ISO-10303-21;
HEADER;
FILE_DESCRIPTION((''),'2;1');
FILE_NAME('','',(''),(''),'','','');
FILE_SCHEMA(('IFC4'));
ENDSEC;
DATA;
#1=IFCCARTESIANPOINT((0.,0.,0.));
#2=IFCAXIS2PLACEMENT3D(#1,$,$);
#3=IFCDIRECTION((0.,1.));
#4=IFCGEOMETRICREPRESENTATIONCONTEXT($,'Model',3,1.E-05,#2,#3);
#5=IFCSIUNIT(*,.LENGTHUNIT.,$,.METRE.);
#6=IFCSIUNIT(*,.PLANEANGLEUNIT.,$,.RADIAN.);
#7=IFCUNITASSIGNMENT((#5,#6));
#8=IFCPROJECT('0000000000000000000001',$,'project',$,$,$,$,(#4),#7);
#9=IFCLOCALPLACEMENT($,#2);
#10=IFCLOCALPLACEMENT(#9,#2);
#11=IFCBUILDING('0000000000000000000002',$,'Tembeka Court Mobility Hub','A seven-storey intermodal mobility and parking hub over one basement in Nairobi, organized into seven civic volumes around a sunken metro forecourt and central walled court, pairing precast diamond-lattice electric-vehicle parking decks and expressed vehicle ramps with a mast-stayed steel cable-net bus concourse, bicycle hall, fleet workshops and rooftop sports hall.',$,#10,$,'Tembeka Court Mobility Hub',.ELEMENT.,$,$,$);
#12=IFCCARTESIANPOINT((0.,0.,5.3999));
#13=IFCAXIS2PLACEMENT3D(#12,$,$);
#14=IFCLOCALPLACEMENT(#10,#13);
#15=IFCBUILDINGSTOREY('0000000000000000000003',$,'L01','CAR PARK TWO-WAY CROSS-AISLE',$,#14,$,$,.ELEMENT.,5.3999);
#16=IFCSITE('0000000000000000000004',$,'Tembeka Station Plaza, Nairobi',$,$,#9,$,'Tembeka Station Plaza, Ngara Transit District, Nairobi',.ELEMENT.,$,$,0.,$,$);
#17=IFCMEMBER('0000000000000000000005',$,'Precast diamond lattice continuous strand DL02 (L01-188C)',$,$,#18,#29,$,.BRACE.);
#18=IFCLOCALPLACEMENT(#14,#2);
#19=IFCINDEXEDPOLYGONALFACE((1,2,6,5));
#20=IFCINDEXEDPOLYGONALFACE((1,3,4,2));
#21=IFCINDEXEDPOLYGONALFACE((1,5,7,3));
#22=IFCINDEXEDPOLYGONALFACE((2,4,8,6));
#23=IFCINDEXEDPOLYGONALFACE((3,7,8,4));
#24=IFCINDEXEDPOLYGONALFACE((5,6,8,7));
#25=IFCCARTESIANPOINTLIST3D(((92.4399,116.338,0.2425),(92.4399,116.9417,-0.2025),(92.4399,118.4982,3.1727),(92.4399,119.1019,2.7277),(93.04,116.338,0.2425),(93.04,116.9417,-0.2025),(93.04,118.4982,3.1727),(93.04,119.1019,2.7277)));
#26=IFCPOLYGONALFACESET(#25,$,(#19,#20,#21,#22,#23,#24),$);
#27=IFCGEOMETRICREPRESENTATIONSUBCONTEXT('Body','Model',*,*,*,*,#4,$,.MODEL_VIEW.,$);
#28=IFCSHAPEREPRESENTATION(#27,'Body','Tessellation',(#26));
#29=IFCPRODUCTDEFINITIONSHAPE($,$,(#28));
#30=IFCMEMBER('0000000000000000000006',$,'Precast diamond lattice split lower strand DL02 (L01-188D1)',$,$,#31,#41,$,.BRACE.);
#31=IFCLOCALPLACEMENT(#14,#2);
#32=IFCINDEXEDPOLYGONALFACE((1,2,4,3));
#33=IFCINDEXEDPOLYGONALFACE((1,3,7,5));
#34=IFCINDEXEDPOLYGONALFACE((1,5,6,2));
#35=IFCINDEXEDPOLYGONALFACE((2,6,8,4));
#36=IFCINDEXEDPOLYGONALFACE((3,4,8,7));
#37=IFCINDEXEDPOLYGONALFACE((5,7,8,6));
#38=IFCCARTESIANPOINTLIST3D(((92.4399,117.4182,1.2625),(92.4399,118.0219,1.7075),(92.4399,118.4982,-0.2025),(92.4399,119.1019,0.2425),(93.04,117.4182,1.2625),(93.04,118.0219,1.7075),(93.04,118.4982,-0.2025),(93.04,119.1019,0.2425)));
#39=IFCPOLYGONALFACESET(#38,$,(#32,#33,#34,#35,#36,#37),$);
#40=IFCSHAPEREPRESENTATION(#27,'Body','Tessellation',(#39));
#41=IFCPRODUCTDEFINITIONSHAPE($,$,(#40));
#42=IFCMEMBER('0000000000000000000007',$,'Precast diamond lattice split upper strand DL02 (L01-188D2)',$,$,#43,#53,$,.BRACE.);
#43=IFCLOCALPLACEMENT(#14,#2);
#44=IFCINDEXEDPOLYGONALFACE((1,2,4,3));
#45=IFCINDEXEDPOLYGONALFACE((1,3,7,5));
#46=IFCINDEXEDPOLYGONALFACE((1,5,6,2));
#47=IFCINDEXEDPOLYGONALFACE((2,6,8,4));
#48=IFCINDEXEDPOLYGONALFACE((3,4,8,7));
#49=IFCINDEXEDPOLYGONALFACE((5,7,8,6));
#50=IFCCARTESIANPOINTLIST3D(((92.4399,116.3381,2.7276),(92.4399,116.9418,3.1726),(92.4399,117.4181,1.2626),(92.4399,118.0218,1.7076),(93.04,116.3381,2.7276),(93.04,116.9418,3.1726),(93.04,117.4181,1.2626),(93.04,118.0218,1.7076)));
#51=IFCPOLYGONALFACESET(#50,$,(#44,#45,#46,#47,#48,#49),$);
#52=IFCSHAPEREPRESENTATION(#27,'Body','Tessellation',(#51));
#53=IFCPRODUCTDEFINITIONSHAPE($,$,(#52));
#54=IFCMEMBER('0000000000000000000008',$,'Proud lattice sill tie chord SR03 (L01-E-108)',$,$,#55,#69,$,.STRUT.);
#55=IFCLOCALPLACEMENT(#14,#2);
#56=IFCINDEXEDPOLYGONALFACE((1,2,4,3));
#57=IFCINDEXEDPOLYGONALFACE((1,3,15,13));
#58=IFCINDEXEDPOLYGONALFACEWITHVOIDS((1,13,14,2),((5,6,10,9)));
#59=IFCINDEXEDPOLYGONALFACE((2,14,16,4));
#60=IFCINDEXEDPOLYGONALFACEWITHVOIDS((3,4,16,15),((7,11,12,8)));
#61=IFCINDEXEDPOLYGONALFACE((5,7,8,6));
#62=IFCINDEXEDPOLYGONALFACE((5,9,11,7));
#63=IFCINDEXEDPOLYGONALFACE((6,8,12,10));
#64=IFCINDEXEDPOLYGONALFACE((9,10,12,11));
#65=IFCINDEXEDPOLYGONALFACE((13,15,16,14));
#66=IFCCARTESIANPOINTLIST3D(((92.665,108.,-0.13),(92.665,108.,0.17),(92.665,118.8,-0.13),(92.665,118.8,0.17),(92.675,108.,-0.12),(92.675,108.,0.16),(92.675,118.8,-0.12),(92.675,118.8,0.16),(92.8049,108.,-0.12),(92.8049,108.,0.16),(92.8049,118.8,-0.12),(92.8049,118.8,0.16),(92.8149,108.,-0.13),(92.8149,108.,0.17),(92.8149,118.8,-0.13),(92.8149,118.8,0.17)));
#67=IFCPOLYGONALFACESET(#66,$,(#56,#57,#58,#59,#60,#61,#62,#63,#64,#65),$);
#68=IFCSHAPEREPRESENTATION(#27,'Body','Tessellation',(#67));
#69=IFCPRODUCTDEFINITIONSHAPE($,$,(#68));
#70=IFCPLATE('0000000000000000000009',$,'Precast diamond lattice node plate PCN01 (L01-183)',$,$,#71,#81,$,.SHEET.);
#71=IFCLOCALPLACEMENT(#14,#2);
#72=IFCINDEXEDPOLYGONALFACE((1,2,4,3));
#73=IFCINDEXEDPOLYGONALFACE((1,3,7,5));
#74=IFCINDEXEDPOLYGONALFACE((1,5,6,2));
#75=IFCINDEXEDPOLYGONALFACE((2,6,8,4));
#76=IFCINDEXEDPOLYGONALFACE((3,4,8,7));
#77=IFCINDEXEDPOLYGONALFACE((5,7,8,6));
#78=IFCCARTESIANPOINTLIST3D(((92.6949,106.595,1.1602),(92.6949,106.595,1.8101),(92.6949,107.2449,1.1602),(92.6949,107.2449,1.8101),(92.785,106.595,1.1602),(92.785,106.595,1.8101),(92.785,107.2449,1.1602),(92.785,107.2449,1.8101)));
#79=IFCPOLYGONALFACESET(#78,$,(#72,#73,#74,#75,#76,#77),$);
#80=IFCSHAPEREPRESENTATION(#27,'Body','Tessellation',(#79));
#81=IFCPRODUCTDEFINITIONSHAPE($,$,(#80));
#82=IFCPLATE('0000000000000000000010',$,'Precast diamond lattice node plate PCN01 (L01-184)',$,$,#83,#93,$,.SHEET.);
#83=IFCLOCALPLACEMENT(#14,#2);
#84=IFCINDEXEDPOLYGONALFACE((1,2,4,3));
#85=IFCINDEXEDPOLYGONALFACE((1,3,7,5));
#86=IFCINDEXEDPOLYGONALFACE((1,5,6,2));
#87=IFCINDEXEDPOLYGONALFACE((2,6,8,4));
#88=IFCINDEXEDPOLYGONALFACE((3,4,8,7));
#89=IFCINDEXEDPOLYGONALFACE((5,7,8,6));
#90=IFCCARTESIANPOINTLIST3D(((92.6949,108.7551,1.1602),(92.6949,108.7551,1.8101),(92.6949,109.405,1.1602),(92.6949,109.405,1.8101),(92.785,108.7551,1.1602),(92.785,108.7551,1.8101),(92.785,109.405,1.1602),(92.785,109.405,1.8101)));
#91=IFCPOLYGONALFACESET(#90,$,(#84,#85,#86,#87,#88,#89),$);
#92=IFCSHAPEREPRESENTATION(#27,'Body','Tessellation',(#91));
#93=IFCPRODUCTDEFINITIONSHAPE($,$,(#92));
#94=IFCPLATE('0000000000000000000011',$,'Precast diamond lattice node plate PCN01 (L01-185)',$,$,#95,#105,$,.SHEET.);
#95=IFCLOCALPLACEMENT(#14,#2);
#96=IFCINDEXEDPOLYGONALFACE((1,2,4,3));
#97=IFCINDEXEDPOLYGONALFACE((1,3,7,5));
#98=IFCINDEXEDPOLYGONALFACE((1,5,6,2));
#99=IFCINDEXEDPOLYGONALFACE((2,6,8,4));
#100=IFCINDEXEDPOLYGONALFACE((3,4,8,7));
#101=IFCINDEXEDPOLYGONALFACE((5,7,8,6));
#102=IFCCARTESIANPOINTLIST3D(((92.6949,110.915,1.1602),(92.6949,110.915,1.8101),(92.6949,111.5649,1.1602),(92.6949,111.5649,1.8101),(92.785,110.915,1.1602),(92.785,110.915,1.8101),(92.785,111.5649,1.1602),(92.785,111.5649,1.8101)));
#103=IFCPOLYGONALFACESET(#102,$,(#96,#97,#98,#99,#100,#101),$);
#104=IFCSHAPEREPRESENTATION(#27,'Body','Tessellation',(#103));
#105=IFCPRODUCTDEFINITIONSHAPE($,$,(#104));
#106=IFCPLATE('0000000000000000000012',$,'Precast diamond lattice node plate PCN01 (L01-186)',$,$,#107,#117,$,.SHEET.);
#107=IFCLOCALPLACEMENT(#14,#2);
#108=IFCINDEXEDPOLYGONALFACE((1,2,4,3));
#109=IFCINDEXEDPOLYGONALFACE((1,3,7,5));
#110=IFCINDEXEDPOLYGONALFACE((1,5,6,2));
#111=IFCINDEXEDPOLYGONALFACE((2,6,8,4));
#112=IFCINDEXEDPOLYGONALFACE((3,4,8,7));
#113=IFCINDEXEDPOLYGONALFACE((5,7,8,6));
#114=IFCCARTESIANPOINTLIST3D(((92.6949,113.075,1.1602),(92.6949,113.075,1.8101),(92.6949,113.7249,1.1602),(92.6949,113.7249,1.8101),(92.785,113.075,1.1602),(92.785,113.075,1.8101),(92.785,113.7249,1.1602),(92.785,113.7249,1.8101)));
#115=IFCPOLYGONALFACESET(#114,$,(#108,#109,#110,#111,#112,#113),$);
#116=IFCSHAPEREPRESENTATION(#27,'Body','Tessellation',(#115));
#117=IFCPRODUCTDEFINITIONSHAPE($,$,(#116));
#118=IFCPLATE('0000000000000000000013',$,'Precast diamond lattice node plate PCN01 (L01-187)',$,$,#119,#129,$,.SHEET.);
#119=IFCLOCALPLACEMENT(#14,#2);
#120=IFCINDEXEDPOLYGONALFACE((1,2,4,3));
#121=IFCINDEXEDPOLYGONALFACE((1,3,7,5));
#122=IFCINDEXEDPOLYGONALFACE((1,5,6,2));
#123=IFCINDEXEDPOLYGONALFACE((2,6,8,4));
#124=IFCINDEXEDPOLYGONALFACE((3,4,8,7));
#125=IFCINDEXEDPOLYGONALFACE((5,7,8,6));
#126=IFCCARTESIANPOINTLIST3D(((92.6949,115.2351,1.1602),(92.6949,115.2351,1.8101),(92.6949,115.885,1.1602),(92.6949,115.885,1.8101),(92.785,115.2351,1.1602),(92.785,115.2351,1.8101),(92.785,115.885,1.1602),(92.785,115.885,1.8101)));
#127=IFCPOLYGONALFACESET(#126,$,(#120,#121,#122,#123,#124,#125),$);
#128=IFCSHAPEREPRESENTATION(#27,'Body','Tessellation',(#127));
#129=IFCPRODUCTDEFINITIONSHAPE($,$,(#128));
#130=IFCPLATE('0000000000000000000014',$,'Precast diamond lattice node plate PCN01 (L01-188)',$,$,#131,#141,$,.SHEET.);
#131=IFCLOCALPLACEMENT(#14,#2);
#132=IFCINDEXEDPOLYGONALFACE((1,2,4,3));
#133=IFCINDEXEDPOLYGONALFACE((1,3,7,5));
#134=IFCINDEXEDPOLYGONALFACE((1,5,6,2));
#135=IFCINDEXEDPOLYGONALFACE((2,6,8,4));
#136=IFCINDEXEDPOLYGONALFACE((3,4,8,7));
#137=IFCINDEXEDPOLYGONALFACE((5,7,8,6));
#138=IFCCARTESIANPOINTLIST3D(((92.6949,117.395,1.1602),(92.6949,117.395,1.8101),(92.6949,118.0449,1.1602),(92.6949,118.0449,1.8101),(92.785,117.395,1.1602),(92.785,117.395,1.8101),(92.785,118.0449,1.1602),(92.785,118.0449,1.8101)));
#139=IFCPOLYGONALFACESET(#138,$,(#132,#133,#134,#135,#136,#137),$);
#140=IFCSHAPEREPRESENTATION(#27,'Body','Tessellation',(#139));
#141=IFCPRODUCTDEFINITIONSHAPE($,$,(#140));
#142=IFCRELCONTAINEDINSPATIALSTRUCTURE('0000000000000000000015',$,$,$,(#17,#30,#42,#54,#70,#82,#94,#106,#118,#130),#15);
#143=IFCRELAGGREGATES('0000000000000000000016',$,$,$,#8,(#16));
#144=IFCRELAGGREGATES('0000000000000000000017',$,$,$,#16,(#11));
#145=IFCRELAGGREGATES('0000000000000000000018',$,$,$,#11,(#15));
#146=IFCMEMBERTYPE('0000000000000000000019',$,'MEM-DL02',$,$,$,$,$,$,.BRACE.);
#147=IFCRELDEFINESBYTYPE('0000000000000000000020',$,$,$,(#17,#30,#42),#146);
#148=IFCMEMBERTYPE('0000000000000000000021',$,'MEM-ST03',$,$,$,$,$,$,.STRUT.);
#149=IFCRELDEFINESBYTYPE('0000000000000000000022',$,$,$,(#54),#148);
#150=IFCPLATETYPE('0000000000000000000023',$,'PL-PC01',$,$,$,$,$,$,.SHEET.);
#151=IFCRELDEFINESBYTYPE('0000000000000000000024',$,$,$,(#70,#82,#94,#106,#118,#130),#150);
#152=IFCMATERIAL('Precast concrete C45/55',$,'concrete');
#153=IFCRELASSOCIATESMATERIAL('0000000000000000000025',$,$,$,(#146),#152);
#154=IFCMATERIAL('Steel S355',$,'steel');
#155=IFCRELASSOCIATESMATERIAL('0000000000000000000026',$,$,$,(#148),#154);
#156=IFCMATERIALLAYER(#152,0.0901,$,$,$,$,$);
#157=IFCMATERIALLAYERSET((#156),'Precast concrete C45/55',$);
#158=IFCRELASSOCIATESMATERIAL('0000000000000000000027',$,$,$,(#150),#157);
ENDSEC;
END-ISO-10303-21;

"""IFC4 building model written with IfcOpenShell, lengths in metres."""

from ifc_helpers import new_model, si_unit, direction, frame, origin, origin_2d, place, context, subcontext, project, spatial, rectangle, hollow_rectangle, extrude, material, layer, layer_set, material_profile, profile_set, type_object, element, save


model = new_model("IFC4")

# Units and contexts
model_context = context("Model", 3, precision=1e-05, world=origin(), true_north=direction((0.0, 1.0)))
body_context = subcontext(model_context, "Body", "Model", "MODEL_VIEW")
ifc_project = project(units=[si_unit("LENGTHUNIT", "METRE"), si_unit("PLANEANGLEUNIT", "RADIAN")], contexts=[model_context])

# Site, building, storey
site_placement = place(None, origin())
site = spatial("IfcSite", under=ifc_project, at=site_placement, Name="Tembeka Station Plaza, Nairobi", LongName="Tembeka Station Plaza, Ngara Transit District, Nairobi", CompositionType="ELEMENT", RefElevation=0.0)
building_placement = place(site_placement, origin())
building = spatial("IfcBuilding", under=site, at=building_placement, Name="Tembeka Court Mobility Hub", Description="A seven-storey intermodal mobility and parking hub over one basement in Nairobi, organized into seven civic volumes around a sunken metro forecourt and central walled court, pairing precast diamond-lattice electric-vehicle parking decks and expressed vehicle ramps with a mast-stayed steel cable-net bus concourse, bicycle hall, fleet workshops and rooftop sports hall.", LongName="Tembeka Court Mobility Hub", CompositionType="ELEMENT")
storey_placement = place(building_placement, frame((0.0, 0.0, 5.3999)))
storey = spatial("IfcBuildingStorey", under=building, at=storey_placement, Name="L01", Description="CAR PARK TWO-WAY CROSS-AISLE", CompositionType="ELEMENT", Elevation=5.3999)

# Members
ifc_material_1 = material(Name="Precast concrete C45/55", Category="concrete")
ifc_material_profile_1 = material_profile(ifc_material_1, rectangle(XDim=0.6001, YDim=0.75, at=origin_2d()), Name="PC-DIAG 600x750")
ifc_profile_set_1 = profile_set([ifc_material_profile_1], Name="Precast concrete C45/55")
member_type_1 = type_object("IfcMemberType", Name="MEM-DL02", PredefinedType="BRACE", material=ifc_profile_set_1)
member_1_placement = place(storey_placement, frame((92.74, 116.6399, 0.02), z_axis=(0.0, 0.593391, 0.804914), x_axis=(-1.0, 0.0, 0.0)))
element("IfcMember", 1, at=member_1_placement, inside=storey, type_object=member_type_1, Name="Precast diamond lattice continuous strand DL02 (L01-188C)", PredefinedType="BRACE", context=body_context, shape_type="SweptSolid", body=[
    extrude(rectangle(XDim=0.6001, YDim=0.75, at=origin_2d()), origin(), (0.0, 0.0, 1.0), 3.6404),
])
for number, where, z_axis, x_axis, name in (
    (2, (92.74, 118.8, 0.02), (0.0, -0.593391, 0.804914), (1.0, 0.0, 0.0), "Precast diamond lattice split lower strand DL02 (L01-188D1)"),
    (3, (92.74, 117.72, 1.4851), (0.0, -0.593391, 0.804914), (1.0, 0.0, 0.0), "Precast diamond lattice split upper strand DL02 (L01-188D2)"),
):
    element("IfcMember", number, at=place(storey_placement, frame(where, z_axis=z_axis, x_axis=x_axis)), inside=storey, type_object=member_type_1, Name=name, PredefinedType="BRACE", context=body_context, shape_type="SweptSolid", body=[
        extrude(rectangle(XDim=0.6001, YDim=0.75, at=origin_2d()), origin(), (0.0, 0.0, 1.0), 1.8201),
    ])
ifc_material_2 = material(Name="Steel S355", Category="steel")
ifc_material_profile_2 = material_profile(ifc_material_2, hollow_rectangle(XDim=0.1499, YDim=0.3, WallThickness=0.01, at=origin_2d()), Name="RHS 300x150x10")
ifc_profile_set_2 = profile_set([ifc_material_profile_2], Name="Steel S355")
member_type_2 = type_object("IfcMemberType", Name="MEM-ST03", PredefinedType="STRUT", material=ifc_profile_set_2)
member_2_placement = place(storey_placement, frame((92.74, 108.0, 0.02), z_axis=(0.0, 1.0, 0.0), x_axis=(-1.0, 0.0, 0.0)))
element("IfcMember", 4, at=member_2_placement, inside=storey, type_object=member_type_2, Name="Proud lattice sill tie chord SR03 (L01-E-108)", PredefinedType="STRUT", context=body_context, shape_type="SweptSolid", body=[
    extrude(hollow_rectangle(XDim=0.1499, YDim=0.3, WallThickness=0.01, at=origin_2d()), origin(), (0.0, 0.0, 1.0), 10.8),
])

# Plates
ifc_layer = layer(ifc_material_1, 0.0901)
ifc_layer_set = layer_set([ifc_layer], Name="Precast concrete C45/55")
plate_type = type_object("IfcPlateType", Name="PL-PC01", PredefinedType="SHEET", material=ifc_layer_set)
for number, where, z_axis, x_axis, name in (
    (5, (92.74, 106.9199, 1.1602), (0.0, 0.0, 1.0), (1.0, 0.0, 0.0), "Precast diamond lattice node plate PCN01 (L01-183)"),
    (6, (92.74, 109.0801, 1.1602), (0.0, 0.0, 1.0), (1.0, 0.0, 0.0), "Precast diamond lattice node plate PCN01 (L01-184)"),
    (7, (92.74, 111.24, 1.1602), (0.0, 0.0, 1.0), (1.0, 0.0, 0.0), "Precast diamond lattice node plate PCN01 (L01-185)"),
    (8, (92.74, 113.3999, 1.1602), (0.0, 0.0, 1.0), (1.0, 0.0, 0.0), "Precast diamond lattice node plate PCN01 (L01-186)"),
    (9, (92.74, 115.5601, 1.1602), (0.0, 0.0, 1.0), (1.0, 0.0, 0.0), "Precast diamond lattice node plate PCN01 (L01-187)"),
    (10, (92.74, 117.72, 1.1602), (0.0, 0.0, 1.0), (1.0, 0.0, 0.0), "Precast diamond lattice node plate PCN01 (L01-188)"),
):
    element("IfcPlate", number, at=place(storey_placement, frame(where, z_axis=z_axis, x_axis=x_axis)), inside=storey, type_object=plate_type, Name=name, PredefinedType="SHEET", context=body_context, shape_type="SweptSolid", body=[
        extrude(rectangle(XDim=0.0901, YDim=0.6499, at=origin_2d()), origin(), (0.0, 0.0, 1.0), 0.6499),
    ])

save(model, "model.ifc")
